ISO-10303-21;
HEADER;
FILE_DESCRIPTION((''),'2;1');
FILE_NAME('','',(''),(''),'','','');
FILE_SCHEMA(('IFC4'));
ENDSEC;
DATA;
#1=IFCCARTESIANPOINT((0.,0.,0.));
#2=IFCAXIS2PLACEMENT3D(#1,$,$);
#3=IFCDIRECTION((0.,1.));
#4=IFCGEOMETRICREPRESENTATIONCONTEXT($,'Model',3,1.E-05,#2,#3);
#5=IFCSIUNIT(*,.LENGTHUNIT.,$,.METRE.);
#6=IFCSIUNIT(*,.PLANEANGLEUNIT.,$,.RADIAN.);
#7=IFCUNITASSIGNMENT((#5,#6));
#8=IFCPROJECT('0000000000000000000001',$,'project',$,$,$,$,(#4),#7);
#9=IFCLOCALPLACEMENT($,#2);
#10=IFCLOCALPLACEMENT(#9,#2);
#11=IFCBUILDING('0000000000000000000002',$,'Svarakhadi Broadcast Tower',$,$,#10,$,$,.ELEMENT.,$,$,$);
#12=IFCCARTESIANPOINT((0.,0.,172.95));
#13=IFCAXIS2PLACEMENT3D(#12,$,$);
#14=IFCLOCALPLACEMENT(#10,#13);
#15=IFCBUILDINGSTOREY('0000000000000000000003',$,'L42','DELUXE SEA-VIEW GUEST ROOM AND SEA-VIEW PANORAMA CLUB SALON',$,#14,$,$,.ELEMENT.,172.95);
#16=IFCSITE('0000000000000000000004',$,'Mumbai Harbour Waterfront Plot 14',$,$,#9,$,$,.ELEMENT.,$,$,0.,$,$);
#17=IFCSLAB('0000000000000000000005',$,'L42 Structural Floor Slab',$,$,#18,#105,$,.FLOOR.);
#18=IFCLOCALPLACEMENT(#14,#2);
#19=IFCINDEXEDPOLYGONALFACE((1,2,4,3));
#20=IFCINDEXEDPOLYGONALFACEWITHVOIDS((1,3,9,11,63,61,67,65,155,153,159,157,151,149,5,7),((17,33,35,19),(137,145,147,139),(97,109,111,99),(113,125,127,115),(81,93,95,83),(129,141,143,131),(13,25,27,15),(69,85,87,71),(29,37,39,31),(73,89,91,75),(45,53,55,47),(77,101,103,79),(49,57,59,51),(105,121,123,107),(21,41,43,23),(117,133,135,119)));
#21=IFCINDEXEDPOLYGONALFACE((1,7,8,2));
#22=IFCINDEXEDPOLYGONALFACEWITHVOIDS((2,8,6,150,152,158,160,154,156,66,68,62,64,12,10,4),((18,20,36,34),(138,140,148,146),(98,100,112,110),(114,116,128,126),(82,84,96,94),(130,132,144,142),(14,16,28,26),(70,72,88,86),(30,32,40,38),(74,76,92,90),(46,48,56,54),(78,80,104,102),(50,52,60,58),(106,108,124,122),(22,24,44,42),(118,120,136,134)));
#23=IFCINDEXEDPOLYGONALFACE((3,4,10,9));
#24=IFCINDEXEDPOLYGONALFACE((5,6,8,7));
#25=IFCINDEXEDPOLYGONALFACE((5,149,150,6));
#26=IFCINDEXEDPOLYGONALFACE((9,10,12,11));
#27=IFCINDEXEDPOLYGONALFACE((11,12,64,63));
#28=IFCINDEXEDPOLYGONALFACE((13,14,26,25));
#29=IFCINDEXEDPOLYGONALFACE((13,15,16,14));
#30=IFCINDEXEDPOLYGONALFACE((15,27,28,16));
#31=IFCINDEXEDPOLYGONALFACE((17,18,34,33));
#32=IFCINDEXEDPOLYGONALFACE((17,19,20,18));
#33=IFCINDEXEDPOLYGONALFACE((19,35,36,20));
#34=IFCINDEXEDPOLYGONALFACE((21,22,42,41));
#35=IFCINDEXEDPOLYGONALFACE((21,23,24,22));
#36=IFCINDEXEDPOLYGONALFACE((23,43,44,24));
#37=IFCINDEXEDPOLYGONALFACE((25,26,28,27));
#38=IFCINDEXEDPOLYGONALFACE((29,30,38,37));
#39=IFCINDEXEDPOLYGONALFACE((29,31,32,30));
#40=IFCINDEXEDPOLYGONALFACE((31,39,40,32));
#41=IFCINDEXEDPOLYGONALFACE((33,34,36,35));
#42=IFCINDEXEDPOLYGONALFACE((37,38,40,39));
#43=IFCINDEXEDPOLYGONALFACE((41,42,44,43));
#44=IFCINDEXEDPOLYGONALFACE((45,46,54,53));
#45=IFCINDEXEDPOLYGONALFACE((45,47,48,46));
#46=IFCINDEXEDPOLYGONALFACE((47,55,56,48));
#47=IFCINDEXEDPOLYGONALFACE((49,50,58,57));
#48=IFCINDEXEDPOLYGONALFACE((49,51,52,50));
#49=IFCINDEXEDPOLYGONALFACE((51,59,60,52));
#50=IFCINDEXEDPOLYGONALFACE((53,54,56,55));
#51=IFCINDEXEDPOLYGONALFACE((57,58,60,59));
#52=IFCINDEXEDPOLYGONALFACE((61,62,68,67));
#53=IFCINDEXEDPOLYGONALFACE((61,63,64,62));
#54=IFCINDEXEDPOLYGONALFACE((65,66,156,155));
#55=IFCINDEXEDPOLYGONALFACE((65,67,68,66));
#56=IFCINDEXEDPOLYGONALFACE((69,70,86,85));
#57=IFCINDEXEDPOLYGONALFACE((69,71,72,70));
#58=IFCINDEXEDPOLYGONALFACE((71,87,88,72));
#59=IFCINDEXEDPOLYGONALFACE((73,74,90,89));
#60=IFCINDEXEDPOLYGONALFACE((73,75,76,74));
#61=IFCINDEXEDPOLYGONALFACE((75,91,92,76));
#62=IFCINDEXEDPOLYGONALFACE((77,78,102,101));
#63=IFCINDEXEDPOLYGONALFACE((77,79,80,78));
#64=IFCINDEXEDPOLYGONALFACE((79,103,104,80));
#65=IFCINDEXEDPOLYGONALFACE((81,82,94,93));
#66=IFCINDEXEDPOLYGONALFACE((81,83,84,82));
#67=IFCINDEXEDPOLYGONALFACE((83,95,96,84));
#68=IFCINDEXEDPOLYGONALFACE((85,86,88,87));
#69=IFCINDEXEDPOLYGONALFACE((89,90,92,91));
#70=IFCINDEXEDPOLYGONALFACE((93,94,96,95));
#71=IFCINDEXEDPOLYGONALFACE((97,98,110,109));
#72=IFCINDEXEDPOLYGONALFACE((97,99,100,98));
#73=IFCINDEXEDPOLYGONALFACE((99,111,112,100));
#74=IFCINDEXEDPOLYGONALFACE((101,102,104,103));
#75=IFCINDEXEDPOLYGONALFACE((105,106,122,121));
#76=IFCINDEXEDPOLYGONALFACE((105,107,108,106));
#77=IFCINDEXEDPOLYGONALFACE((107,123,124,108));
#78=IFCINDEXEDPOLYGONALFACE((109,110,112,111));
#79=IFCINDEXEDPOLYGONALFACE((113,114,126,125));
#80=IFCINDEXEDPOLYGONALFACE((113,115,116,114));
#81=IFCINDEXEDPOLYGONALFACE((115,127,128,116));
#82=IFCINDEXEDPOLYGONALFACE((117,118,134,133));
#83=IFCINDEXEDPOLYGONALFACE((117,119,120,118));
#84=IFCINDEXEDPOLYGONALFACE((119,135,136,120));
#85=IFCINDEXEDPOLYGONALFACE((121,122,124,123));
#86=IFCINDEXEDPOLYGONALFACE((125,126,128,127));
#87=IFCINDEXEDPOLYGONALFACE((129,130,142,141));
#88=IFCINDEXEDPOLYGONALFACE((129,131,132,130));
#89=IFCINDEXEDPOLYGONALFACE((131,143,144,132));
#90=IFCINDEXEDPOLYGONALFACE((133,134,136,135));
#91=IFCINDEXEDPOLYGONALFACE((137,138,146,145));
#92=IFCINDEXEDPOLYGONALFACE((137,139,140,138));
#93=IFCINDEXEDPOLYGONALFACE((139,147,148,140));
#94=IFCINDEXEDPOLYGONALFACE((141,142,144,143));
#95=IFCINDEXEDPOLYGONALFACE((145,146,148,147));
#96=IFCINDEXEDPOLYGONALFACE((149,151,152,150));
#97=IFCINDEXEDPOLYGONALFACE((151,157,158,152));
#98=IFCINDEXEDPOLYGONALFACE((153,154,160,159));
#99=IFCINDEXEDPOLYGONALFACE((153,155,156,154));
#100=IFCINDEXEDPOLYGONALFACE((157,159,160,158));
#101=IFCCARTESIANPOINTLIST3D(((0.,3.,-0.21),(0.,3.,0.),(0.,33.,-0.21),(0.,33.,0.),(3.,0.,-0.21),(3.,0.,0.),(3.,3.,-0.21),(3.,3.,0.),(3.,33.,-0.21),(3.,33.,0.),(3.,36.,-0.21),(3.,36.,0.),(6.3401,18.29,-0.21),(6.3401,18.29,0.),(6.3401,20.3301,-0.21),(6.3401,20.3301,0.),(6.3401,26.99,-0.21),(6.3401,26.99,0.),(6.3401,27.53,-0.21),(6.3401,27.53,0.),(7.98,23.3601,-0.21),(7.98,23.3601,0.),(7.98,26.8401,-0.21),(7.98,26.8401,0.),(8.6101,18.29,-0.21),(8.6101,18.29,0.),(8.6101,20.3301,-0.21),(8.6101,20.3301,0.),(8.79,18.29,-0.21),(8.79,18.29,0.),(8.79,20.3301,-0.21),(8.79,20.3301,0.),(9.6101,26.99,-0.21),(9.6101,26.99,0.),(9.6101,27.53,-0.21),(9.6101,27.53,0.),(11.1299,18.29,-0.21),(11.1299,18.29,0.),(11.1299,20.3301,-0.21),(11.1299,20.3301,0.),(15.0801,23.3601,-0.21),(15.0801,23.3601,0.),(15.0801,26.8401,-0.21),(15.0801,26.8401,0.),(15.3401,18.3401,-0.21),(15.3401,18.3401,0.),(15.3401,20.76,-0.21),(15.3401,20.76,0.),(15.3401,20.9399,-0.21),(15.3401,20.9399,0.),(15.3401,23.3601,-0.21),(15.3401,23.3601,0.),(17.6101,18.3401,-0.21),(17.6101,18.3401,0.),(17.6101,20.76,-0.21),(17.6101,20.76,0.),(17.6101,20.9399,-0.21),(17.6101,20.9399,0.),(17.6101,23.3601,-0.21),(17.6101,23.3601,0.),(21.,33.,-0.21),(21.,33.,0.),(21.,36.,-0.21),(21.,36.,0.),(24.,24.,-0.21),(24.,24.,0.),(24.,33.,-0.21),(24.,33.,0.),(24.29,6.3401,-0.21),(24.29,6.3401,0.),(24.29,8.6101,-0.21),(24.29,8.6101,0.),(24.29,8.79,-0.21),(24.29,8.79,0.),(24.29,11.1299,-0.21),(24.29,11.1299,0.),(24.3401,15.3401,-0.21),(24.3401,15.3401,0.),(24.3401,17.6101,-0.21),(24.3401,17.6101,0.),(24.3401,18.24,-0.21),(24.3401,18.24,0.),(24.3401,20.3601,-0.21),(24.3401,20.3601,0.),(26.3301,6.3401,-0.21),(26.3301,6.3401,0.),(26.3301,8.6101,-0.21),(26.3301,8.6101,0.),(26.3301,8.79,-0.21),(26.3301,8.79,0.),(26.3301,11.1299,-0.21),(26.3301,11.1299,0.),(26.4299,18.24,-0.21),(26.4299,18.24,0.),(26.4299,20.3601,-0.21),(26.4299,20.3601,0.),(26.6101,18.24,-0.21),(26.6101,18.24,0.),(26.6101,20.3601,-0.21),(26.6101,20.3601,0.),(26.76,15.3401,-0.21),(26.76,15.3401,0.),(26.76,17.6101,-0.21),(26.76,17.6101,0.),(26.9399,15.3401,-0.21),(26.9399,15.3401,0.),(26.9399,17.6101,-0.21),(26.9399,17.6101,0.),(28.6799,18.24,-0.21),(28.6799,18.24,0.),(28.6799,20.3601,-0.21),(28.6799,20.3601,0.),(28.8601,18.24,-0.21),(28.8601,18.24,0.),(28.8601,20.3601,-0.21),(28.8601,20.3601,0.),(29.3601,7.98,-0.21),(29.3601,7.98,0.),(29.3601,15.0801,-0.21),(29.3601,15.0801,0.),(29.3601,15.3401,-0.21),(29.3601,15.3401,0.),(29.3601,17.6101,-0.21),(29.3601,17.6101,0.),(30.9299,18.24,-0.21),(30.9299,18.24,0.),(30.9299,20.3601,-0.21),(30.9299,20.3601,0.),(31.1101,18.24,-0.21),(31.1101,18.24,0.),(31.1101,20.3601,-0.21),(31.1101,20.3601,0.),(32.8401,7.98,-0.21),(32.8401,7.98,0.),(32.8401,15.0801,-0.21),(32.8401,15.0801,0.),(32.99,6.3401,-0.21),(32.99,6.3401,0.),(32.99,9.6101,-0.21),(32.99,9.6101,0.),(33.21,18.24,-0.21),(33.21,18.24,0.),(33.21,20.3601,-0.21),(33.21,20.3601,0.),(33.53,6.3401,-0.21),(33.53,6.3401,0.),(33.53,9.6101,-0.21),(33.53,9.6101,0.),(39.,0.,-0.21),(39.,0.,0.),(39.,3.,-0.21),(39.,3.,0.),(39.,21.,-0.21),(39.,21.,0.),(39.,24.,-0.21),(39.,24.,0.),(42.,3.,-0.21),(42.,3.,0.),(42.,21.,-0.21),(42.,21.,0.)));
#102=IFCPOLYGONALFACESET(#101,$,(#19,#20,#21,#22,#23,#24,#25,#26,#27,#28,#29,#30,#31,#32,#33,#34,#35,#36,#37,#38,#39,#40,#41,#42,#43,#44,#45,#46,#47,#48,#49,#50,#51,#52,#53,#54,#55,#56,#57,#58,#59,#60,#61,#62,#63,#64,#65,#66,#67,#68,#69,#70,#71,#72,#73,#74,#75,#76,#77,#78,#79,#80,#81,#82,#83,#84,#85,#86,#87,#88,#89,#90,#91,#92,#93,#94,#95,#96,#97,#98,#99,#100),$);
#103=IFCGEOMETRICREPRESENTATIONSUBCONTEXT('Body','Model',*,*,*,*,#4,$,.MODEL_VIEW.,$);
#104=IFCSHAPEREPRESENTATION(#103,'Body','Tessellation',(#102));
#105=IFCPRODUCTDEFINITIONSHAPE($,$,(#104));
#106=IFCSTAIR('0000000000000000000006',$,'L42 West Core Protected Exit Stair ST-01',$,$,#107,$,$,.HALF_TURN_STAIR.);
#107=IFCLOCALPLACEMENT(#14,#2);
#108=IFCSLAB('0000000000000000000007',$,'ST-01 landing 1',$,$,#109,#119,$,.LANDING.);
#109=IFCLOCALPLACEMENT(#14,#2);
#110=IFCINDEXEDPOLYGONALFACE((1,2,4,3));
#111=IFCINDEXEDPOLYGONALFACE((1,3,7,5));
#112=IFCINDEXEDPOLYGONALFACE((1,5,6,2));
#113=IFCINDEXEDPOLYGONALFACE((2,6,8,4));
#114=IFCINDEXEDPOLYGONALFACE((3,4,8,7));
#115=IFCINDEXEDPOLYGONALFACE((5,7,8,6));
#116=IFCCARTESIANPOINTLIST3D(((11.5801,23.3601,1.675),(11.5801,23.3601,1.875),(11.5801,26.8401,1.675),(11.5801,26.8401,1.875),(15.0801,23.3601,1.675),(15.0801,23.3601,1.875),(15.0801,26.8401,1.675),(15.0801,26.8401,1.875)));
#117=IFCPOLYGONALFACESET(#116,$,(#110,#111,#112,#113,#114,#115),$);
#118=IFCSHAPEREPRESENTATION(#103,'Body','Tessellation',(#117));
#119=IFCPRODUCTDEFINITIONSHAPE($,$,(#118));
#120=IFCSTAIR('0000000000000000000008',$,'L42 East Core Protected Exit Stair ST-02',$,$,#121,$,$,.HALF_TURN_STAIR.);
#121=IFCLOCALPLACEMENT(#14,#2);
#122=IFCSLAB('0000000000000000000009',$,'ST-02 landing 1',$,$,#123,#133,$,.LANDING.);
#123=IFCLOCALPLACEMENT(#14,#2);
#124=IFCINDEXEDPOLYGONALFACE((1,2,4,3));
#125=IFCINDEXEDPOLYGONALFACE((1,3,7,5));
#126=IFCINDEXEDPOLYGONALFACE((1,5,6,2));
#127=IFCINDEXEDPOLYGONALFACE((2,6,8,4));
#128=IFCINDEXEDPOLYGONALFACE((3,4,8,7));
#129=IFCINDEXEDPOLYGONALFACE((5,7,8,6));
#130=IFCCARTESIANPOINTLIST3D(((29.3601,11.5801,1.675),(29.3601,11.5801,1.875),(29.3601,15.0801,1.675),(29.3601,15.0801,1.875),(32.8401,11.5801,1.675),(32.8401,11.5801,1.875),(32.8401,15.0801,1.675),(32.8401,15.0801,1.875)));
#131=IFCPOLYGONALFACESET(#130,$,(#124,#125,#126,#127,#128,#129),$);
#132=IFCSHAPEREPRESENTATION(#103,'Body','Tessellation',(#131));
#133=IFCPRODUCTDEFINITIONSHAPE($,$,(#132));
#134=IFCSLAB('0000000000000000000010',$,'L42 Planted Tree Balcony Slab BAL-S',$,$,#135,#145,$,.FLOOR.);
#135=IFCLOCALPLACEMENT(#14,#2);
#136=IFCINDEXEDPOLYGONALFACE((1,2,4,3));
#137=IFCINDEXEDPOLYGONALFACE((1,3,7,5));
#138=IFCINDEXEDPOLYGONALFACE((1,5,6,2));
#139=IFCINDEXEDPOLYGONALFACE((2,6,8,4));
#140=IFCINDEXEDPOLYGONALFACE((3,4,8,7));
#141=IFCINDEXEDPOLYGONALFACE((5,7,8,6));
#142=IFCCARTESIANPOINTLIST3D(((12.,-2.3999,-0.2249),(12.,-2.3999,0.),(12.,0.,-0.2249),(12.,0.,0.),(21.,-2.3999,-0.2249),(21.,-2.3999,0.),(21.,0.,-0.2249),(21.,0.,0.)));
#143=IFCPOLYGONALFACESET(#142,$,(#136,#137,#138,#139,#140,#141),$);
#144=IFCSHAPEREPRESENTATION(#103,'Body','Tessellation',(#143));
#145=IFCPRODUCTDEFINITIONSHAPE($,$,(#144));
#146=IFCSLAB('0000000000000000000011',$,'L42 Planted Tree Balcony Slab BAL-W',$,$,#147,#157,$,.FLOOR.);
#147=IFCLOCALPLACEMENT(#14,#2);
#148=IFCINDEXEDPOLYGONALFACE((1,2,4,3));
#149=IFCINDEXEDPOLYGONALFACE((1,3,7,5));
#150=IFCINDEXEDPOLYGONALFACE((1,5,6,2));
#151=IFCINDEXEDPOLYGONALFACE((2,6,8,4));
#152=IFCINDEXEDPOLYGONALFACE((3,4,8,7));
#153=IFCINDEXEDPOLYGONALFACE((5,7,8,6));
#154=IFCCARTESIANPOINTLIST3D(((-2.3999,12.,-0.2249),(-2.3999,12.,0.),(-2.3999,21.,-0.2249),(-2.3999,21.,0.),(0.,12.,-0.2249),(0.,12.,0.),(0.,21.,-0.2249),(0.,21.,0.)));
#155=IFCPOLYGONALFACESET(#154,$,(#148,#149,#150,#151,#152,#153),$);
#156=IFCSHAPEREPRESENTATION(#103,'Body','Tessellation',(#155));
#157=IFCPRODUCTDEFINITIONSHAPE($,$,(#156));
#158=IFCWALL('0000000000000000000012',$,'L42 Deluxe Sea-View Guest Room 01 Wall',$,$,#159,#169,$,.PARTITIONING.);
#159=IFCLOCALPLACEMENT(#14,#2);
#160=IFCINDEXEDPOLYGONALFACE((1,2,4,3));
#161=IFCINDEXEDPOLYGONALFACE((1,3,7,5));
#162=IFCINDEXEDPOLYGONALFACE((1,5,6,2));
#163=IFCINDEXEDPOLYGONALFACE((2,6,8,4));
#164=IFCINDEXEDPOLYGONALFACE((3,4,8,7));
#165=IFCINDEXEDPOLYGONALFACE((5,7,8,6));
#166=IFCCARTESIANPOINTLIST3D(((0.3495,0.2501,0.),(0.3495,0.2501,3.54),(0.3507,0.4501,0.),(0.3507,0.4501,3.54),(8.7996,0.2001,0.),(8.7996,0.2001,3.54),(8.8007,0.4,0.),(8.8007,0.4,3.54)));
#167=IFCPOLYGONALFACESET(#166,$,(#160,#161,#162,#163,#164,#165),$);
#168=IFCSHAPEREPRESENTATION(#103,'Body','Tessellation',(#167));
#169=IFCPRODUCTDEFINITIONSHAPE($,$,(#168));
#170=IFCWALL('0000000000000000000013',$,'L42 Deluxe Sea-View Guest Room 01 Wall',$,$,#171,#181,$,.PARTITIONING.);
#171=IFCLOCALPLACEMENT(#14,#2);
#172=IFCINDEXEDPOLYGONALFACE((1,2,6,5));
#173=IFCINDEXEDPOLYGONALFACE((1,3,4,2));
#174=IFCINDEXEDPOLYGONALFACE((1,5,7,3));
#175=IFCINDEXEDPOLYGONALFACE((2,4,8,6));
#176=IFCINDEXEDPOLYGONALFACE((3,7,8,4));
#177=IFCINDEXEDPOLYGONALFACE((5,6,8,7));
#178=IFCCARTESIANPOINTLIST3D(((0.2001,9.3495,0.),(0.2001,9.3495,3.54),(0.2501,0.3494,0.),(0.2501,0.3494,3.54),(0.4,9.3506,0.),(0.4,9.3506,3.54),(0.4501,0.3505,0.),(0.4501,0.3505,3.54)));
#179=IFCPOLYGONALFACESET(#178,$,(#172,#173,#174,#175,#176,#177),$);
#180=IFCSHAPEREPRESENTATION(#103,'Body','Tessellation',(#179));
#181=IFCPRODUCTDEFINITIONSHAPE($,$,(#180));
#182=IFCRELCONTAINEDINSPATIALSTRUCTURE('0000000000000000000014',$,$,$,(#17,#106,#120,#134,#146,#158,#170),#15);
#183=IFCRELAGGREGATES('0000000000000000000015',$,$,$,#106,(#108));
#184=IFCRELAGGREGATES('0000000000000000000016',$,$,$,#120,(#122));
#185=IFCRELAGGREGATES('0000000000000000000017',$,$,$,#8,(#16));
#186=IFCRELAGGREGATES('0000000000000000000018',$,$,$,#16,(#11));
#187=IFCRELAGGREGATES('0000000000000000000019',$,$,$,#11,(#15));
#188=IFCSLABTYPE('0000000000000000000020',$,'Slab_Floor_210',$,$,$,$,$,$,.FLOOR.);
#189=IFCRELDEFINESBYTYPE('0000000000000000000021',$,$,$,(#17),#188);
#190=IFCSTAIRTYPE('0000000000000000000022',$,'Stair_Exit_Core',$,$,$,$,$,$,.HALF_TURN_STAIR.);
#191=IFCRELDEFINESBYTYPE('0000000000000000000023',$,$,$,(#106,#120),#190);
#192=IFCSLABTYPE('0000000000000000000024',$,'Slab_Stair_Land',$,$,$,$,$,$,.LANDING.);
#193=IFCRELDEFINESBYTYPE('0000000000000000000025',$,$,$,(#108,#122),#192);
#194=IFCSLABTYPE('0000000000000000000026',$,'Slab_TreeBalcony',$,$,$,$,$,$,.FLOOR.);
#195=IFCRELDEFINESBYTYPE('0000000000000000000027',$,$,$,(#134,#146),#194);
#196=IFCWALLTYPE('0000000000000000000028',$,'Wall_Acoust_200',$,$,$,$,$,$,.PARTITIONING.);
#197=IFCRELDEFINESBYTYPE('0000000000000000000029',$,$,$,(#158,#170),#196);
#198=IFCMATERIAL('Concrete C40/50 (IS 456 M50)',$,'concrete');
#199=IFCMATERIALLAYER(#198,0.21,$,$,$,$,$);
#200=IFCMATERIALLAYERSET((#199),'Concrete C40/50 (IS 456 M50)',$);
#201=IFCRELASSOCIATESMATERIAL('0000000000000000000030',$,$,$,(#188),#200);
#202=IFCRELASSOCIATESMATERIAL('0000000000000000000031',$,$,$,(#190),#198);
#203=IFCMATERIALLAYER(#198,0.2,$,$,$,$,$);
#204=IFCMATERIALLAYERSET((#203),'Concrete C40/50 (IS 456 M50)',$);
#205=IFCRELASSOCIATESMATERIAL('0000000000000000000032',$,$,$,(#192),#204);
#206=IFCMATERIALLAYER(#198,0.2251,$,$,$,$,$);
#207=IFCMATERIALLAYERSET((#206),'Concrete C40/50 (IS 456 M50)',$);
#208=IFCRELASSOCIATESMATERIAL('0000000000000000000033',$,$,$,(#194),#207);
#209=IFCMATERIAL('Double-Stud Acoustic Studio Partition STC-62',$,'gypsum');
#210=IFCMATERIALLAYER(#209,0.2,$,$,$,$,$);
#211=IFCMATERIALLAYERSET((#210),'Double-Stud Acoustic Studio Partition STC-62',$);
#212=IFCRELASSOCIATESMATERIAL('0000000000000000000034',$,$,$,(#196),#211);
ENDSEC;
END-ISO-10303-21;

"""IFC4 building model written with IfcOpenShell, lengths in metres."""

from ifc_helpers import new_model, si_unit, direction, frame, frame_2d, origin, place, context, subcontext, project, spatial, polyline, rectangle, outline, extrude, material, layer, layer_set, type_object, element, aggregate, save


model = new_model("IFC4")

# Units and contexts
model_context = context("Model", 3, precision=1e-05, world=origin(), true_north=direction((0.0, 1.0)))
body_context = subcontext(model_context, "Body", "Model", "MODEL_VIEW")
ifc_project = project(units=[si_unit("LENGTHUNIT", "METRE"), si_unit("PLANEANGLEUNIT", "RADIAN")], contexts=[model_context])

# Site, building, storey
site_placement = place(None, origin())
site = spatial("IfcSite", under=ifc_project, at=site_placement, Name="Mumbai Harbour Waterfront Plot 14", CompositionType="ELEMENT", RefElevation=0.0)
building_placement = place(site_placement, origin())
building = spatial("IfcBuilding", under=site, at=building_placement, Name="Svarakhadi Broadcast Tower", CompositionType="ELEMENT")
storey_placement = place(building_placement, frame((0.0, 0.0, 172.95)))
storey = spatial("IfcBuildingStorey", under=building, at=storey_placement, Name="L42", Description="DELUXE SEA-VIEW GUEST ROOM AND SEA-VIEW PANORAMA CLUB SALON", CompositionType="ELEMENT", Elevation=172.95)

# Slab
ifc_material_1 = material(Name="Concrete C40/50 (IS 456 M50)", Category="concrete")
ifc_layer_1 = layer(ifc_material_1, 0.21)
ifc_layer_set_1 = layer_set([ifc_layer_1], Name="Concrete C40/50 (IS 456 M50)")
slab_type_1 = type_object("IfcSlabType", Name="Slab_Floor_210", PredefinedType="FLOOR", material=ifc_layer_set_1)
slab_1_placement = place(storey_placement, frame((0.0, 0.0, -0.21)))
element("IfcSlab", 1, at=slab_1_placement, inside=storey, type_object=slab_type_1, Name="L42 Structural Floor Slab", PredefinedType="FLOOR", context=body_context, shape_type="SweptSolid", body=[
    extrude(outline(polyline([(3.0, 0.0), (39.0, 0.0), (39.0, 3.0), (42.0, 3.0), (42.0, 21.0), (39.0, 21.0), (39.0, 24.0), (24.0, 24.0), (24.0, 33.0), (21.0, 33.0), (21.0, 36.0), (3.0, 36.0), (3.0, 33.0), (0.0, 33.0), (0.0, 3.0), (3.0, 3.0), (3.0, 0.0)]), holes=[polyline([(7.98, 23.3601), (15.0801, 23.3601), (15.0801, 26.8401), (7.98, 26.8401), (7.98, 23.3601)]), polyline([(32.8401, 7.98), (32.8401, 15.0801), (29.3601, 15.0801), (29.3601, 7.98), (32.8401, 7.98)]), polyline([(6.3401, 18.29), (8.6101, 18.29), (8.6101, 20.3301), (6.3401, 20.3301), (6.3401, 18.29)]), polyline([(8.79, 18.29), (11.1299, 18.29), (11.1299, 20.3301), (8.79, 20.3301), (8.79, 18.29)]), polyline([(24.29, 6.3401), (26.3301, 6.3401), (26.3301, 8.6101), (24.29, 8.6101), (24.29, 6.3401)]), polyline([(24.29, 8.79), (26.3301, 8.79), (26.3301, 11.1299), (24.29, 11.1299), (24.29, 8.79)]), polyline([(6.3401, 26.99), (9.6101, 26.99), (9.6101, 27.53), (6.3401, 27.53), (6.3401, 26.99)]), polyline([(32.99, 6.3401), (33.53, 6.3401), (33.53, 9.6101), (32.99, 9.6101), (32.99, 6.3401)]), polyline([(15.3401, 18.3401), (17.6101, 18.3401), (17.6101, 20.76), (15.3401, 20.76), (15.3401, 18.3401)]), polyline([(15.3401, 20.9399), (17.6101, 20.9399), (17.6101, 23.3601), (15.3401, 23.3601), (15.3401, 20.9399)]), polyline([(24.3401, 15.3401), (26.76, 15.3401), (26.76, 17.6101), (24.3401, 17.6101), (24.3401, 15.3401)]), polyline([(26.9399, 15.3401), (29.3601, 15.3401), (29.3601, 17.6101), (26.9399, 17.6101), (26.9399, 15.3401)]), polyline([(24.3401, 18.24), (26.4299, 18.24), (26.4299, 20.3601), (24.3401, 20.3601), (24.3401, 18.24)]), polyline([(26.6101, 18.24), (28.6799, 18.24), (28.6799, 20.3601), (26.6101, 20.3601), (26.6101, 18.24)]), polyline([(28.8601, 18.24), (30.9299, 18.24), (30.9299, 20.3601), (28.8601, 20.3601), (28.8601, 18.24)]), polyline([(31.1101, 18.24), (33.21, 18.24), (33.21, 20.3601), (31.1101, 20.3601), (31.1101, 18.24)])]), origin(), (0.0, 0.0, 1.0), 0.21),
])

# Stairs, slabs
stair_type = type_object("IfcStairType", Name="Stair_Exit_Core", PredefinedType="HALF_TURN_STAIR", material=ifc_material_1)
stair_1_placement = place(storey_placement, origin())
stair_1 = element("IfcStair", 2, at=stair_1_placement, inside=storey, type_object=stair_type, Name="L42 West Core Protected Exit Stair ST-01", PredefinedType="HALF_TURN_STAIR")
ifc_layer_2 = layer(ifc_material_1, 0.2)
ifc_layer_set_2 = layer_set([ifc_layer_2], Name="Concrete C40/50 (IS 456 M50)")
slab_type_2 = type_object("IfcSlabType", Name="Slab_Stair_Land", PredefinedType="LANDING", material=ifc_layer_set_2)
slab_2_placement = place(storey_placement, frame((0.0, 0.0, 1.675)))
slab_2 = element("IfcSlab", 3, at=slab_2_placement, type_object=slab_type_2, Name="ST-01 landing 1", PredefinedType="LANDING", context=body_context, shape_type="SweptSolid", body=[
    extrude(outline(polyline([(11.5801, 23.3601), (15.0801, 23.3601), (15.0801, 26.8401), (11.5801, 26.8401), (11.5801, 23.3601)])), origin(), (0.0, 0.0, 1.0), 0.2),
])
aggregate(stair_1, [slab_2])
stair_2_placement = place(storey_placement, origin())
stair_2 = element("IfcStair", 4, at=stair_2_placement, inside=storey, type_object=stair_type, Name="L42 East Core Protected Exit Stair ST-02", PredefinedType="HALF_TURN_STAIR")
slab_3_placement = place(storey_placement, frame((0.0, 0.0, 1.675)))
slab_3 = element("IfcSlab", 5, at=slab_3_placement, type_object=slab_type_2, Name="ST-02 landing 1", PredefinedType="LANDING", context=body_context, shape_type="SweptSolid", body=[
    extrude(outline(polyline([(32.8401, 11.5801), (32.8401, 15.0801), (29.3601, 15.0801), (29.3601, 11.5801), (32.8401, 11.5801)])), origin(), (0.0, 0.0, 1.0), 0.2),
])
aggregate(stair_2, [slab_3])

# Slabs
ifc_layer_3 = layer(ifc_material_1, 0.2251)
ifc_layer_set_3 = layer_set([ifc_layer_3], Name="Concrete C40/50 (IS 456 M50)")
slab_type_3 = type_object("IfcSlabType", Name="Slab_TreeBalcony", PredefinedType="FLOOR", material=ifc_layer_set_3)
slab_4_placement = place(storey_placement, frame((0.0, 0.0, -0.2249)))
element("IfcSlab", 6, at=slab_4_placement, inside=storey, type_object=slab_type_3, Name="L42 Planted Tree Balcony Slab BAL-S", PredefinedType="FLOOR", context=body_context, shape_type="SweptSolid", body=[
    extrude(outline(polyline([(12.0, -2.3999), (21.0, -2.3999), (21.0, 0.0), (12.0, 0.0), (12.0, -2.3999)])), origin(), (0.0, 0.0, 1.0), 0.2249),
])
slab_5_placement = place(storey_placement, frame((0.0, 0.0, -0.2249)))
element("IfcSlab", 7, at=slab_5_placement, inside=storey, type_object=slab_type_3, Name="L42 Planted Tree Balcony Slab BAL-W", PredefinedType="FLOOR", context=body_context, shape_type="SweptSolid", body=[
    extrude(outline(polyline([(-2.3999, 12.0), (0.0, 12.0), (0.0, 21.0), (-2.3999, 21.0), (-2.3999, 12.0)])), origin(), (0.0, 0.0, 1.0), 0.2249),
])

# Walls
ifc_material_2 = material(Name="Double-Stud Acoustic Studio Partition STC-62", Category="gypsum")
ifc_layer_4 = layer(ifc_material_2, 0.2)
ifc_layer_set_4 = layer_set([ifc_layer_4], Name="Double-Stud Acoustic Studio Partition STC-62")
wall_type = type_object("IfcWallType", Name="Wall_Acoust_200", PredefinedType="PARTITIONING", material=ifc_layer_set_4)
wall_1_placement = place(storey_placement, frame((0.3501, 0.3501, 0.0), z_axis=(0.0, 0.0, 1.0), x_axis=(0.999982, -0.005923, 0.0)))
element("IfcWall", 8, at=wall_1_placement, inside=storey, type_object=wall_type, Name="L42 Deluxe Sea-View Guest Room 01 Wall", PredefinedType="PARTITIONING", context=body_context, shape_type="SweptSolid", body=[
    extrude(rectangle(XDim=8.4502, YDim=0.2, at=frame_2d((4.2251, 0.0))), origin(), (0.0, 0.0, 1.0), 3.54),
])
wall_2_placement = place(storey_placement, frame((0.3501, 0.3501, 0.0), z_axis=(0.0, 0.0, 1.0), x_axis=(-0.005561, 0.999985, 0.0)))
element("IfcWall", 9, at=wall_2_placement, inside=storey, type_object=wall_type, Name="L42 Deluxe Sea-View Guest Room 01 Wall", PredefinedType="PARTITIONING", context=body_context, shape_type="SweptSolid", body=[
    extrude(rectangle(XDim=9.0002, YDim=0.2, at=frame_2d((4.5, 0.0))), origin(), (0.0, 0.0, 1.0), 3.54),
])

save(model, "model.ifc")
